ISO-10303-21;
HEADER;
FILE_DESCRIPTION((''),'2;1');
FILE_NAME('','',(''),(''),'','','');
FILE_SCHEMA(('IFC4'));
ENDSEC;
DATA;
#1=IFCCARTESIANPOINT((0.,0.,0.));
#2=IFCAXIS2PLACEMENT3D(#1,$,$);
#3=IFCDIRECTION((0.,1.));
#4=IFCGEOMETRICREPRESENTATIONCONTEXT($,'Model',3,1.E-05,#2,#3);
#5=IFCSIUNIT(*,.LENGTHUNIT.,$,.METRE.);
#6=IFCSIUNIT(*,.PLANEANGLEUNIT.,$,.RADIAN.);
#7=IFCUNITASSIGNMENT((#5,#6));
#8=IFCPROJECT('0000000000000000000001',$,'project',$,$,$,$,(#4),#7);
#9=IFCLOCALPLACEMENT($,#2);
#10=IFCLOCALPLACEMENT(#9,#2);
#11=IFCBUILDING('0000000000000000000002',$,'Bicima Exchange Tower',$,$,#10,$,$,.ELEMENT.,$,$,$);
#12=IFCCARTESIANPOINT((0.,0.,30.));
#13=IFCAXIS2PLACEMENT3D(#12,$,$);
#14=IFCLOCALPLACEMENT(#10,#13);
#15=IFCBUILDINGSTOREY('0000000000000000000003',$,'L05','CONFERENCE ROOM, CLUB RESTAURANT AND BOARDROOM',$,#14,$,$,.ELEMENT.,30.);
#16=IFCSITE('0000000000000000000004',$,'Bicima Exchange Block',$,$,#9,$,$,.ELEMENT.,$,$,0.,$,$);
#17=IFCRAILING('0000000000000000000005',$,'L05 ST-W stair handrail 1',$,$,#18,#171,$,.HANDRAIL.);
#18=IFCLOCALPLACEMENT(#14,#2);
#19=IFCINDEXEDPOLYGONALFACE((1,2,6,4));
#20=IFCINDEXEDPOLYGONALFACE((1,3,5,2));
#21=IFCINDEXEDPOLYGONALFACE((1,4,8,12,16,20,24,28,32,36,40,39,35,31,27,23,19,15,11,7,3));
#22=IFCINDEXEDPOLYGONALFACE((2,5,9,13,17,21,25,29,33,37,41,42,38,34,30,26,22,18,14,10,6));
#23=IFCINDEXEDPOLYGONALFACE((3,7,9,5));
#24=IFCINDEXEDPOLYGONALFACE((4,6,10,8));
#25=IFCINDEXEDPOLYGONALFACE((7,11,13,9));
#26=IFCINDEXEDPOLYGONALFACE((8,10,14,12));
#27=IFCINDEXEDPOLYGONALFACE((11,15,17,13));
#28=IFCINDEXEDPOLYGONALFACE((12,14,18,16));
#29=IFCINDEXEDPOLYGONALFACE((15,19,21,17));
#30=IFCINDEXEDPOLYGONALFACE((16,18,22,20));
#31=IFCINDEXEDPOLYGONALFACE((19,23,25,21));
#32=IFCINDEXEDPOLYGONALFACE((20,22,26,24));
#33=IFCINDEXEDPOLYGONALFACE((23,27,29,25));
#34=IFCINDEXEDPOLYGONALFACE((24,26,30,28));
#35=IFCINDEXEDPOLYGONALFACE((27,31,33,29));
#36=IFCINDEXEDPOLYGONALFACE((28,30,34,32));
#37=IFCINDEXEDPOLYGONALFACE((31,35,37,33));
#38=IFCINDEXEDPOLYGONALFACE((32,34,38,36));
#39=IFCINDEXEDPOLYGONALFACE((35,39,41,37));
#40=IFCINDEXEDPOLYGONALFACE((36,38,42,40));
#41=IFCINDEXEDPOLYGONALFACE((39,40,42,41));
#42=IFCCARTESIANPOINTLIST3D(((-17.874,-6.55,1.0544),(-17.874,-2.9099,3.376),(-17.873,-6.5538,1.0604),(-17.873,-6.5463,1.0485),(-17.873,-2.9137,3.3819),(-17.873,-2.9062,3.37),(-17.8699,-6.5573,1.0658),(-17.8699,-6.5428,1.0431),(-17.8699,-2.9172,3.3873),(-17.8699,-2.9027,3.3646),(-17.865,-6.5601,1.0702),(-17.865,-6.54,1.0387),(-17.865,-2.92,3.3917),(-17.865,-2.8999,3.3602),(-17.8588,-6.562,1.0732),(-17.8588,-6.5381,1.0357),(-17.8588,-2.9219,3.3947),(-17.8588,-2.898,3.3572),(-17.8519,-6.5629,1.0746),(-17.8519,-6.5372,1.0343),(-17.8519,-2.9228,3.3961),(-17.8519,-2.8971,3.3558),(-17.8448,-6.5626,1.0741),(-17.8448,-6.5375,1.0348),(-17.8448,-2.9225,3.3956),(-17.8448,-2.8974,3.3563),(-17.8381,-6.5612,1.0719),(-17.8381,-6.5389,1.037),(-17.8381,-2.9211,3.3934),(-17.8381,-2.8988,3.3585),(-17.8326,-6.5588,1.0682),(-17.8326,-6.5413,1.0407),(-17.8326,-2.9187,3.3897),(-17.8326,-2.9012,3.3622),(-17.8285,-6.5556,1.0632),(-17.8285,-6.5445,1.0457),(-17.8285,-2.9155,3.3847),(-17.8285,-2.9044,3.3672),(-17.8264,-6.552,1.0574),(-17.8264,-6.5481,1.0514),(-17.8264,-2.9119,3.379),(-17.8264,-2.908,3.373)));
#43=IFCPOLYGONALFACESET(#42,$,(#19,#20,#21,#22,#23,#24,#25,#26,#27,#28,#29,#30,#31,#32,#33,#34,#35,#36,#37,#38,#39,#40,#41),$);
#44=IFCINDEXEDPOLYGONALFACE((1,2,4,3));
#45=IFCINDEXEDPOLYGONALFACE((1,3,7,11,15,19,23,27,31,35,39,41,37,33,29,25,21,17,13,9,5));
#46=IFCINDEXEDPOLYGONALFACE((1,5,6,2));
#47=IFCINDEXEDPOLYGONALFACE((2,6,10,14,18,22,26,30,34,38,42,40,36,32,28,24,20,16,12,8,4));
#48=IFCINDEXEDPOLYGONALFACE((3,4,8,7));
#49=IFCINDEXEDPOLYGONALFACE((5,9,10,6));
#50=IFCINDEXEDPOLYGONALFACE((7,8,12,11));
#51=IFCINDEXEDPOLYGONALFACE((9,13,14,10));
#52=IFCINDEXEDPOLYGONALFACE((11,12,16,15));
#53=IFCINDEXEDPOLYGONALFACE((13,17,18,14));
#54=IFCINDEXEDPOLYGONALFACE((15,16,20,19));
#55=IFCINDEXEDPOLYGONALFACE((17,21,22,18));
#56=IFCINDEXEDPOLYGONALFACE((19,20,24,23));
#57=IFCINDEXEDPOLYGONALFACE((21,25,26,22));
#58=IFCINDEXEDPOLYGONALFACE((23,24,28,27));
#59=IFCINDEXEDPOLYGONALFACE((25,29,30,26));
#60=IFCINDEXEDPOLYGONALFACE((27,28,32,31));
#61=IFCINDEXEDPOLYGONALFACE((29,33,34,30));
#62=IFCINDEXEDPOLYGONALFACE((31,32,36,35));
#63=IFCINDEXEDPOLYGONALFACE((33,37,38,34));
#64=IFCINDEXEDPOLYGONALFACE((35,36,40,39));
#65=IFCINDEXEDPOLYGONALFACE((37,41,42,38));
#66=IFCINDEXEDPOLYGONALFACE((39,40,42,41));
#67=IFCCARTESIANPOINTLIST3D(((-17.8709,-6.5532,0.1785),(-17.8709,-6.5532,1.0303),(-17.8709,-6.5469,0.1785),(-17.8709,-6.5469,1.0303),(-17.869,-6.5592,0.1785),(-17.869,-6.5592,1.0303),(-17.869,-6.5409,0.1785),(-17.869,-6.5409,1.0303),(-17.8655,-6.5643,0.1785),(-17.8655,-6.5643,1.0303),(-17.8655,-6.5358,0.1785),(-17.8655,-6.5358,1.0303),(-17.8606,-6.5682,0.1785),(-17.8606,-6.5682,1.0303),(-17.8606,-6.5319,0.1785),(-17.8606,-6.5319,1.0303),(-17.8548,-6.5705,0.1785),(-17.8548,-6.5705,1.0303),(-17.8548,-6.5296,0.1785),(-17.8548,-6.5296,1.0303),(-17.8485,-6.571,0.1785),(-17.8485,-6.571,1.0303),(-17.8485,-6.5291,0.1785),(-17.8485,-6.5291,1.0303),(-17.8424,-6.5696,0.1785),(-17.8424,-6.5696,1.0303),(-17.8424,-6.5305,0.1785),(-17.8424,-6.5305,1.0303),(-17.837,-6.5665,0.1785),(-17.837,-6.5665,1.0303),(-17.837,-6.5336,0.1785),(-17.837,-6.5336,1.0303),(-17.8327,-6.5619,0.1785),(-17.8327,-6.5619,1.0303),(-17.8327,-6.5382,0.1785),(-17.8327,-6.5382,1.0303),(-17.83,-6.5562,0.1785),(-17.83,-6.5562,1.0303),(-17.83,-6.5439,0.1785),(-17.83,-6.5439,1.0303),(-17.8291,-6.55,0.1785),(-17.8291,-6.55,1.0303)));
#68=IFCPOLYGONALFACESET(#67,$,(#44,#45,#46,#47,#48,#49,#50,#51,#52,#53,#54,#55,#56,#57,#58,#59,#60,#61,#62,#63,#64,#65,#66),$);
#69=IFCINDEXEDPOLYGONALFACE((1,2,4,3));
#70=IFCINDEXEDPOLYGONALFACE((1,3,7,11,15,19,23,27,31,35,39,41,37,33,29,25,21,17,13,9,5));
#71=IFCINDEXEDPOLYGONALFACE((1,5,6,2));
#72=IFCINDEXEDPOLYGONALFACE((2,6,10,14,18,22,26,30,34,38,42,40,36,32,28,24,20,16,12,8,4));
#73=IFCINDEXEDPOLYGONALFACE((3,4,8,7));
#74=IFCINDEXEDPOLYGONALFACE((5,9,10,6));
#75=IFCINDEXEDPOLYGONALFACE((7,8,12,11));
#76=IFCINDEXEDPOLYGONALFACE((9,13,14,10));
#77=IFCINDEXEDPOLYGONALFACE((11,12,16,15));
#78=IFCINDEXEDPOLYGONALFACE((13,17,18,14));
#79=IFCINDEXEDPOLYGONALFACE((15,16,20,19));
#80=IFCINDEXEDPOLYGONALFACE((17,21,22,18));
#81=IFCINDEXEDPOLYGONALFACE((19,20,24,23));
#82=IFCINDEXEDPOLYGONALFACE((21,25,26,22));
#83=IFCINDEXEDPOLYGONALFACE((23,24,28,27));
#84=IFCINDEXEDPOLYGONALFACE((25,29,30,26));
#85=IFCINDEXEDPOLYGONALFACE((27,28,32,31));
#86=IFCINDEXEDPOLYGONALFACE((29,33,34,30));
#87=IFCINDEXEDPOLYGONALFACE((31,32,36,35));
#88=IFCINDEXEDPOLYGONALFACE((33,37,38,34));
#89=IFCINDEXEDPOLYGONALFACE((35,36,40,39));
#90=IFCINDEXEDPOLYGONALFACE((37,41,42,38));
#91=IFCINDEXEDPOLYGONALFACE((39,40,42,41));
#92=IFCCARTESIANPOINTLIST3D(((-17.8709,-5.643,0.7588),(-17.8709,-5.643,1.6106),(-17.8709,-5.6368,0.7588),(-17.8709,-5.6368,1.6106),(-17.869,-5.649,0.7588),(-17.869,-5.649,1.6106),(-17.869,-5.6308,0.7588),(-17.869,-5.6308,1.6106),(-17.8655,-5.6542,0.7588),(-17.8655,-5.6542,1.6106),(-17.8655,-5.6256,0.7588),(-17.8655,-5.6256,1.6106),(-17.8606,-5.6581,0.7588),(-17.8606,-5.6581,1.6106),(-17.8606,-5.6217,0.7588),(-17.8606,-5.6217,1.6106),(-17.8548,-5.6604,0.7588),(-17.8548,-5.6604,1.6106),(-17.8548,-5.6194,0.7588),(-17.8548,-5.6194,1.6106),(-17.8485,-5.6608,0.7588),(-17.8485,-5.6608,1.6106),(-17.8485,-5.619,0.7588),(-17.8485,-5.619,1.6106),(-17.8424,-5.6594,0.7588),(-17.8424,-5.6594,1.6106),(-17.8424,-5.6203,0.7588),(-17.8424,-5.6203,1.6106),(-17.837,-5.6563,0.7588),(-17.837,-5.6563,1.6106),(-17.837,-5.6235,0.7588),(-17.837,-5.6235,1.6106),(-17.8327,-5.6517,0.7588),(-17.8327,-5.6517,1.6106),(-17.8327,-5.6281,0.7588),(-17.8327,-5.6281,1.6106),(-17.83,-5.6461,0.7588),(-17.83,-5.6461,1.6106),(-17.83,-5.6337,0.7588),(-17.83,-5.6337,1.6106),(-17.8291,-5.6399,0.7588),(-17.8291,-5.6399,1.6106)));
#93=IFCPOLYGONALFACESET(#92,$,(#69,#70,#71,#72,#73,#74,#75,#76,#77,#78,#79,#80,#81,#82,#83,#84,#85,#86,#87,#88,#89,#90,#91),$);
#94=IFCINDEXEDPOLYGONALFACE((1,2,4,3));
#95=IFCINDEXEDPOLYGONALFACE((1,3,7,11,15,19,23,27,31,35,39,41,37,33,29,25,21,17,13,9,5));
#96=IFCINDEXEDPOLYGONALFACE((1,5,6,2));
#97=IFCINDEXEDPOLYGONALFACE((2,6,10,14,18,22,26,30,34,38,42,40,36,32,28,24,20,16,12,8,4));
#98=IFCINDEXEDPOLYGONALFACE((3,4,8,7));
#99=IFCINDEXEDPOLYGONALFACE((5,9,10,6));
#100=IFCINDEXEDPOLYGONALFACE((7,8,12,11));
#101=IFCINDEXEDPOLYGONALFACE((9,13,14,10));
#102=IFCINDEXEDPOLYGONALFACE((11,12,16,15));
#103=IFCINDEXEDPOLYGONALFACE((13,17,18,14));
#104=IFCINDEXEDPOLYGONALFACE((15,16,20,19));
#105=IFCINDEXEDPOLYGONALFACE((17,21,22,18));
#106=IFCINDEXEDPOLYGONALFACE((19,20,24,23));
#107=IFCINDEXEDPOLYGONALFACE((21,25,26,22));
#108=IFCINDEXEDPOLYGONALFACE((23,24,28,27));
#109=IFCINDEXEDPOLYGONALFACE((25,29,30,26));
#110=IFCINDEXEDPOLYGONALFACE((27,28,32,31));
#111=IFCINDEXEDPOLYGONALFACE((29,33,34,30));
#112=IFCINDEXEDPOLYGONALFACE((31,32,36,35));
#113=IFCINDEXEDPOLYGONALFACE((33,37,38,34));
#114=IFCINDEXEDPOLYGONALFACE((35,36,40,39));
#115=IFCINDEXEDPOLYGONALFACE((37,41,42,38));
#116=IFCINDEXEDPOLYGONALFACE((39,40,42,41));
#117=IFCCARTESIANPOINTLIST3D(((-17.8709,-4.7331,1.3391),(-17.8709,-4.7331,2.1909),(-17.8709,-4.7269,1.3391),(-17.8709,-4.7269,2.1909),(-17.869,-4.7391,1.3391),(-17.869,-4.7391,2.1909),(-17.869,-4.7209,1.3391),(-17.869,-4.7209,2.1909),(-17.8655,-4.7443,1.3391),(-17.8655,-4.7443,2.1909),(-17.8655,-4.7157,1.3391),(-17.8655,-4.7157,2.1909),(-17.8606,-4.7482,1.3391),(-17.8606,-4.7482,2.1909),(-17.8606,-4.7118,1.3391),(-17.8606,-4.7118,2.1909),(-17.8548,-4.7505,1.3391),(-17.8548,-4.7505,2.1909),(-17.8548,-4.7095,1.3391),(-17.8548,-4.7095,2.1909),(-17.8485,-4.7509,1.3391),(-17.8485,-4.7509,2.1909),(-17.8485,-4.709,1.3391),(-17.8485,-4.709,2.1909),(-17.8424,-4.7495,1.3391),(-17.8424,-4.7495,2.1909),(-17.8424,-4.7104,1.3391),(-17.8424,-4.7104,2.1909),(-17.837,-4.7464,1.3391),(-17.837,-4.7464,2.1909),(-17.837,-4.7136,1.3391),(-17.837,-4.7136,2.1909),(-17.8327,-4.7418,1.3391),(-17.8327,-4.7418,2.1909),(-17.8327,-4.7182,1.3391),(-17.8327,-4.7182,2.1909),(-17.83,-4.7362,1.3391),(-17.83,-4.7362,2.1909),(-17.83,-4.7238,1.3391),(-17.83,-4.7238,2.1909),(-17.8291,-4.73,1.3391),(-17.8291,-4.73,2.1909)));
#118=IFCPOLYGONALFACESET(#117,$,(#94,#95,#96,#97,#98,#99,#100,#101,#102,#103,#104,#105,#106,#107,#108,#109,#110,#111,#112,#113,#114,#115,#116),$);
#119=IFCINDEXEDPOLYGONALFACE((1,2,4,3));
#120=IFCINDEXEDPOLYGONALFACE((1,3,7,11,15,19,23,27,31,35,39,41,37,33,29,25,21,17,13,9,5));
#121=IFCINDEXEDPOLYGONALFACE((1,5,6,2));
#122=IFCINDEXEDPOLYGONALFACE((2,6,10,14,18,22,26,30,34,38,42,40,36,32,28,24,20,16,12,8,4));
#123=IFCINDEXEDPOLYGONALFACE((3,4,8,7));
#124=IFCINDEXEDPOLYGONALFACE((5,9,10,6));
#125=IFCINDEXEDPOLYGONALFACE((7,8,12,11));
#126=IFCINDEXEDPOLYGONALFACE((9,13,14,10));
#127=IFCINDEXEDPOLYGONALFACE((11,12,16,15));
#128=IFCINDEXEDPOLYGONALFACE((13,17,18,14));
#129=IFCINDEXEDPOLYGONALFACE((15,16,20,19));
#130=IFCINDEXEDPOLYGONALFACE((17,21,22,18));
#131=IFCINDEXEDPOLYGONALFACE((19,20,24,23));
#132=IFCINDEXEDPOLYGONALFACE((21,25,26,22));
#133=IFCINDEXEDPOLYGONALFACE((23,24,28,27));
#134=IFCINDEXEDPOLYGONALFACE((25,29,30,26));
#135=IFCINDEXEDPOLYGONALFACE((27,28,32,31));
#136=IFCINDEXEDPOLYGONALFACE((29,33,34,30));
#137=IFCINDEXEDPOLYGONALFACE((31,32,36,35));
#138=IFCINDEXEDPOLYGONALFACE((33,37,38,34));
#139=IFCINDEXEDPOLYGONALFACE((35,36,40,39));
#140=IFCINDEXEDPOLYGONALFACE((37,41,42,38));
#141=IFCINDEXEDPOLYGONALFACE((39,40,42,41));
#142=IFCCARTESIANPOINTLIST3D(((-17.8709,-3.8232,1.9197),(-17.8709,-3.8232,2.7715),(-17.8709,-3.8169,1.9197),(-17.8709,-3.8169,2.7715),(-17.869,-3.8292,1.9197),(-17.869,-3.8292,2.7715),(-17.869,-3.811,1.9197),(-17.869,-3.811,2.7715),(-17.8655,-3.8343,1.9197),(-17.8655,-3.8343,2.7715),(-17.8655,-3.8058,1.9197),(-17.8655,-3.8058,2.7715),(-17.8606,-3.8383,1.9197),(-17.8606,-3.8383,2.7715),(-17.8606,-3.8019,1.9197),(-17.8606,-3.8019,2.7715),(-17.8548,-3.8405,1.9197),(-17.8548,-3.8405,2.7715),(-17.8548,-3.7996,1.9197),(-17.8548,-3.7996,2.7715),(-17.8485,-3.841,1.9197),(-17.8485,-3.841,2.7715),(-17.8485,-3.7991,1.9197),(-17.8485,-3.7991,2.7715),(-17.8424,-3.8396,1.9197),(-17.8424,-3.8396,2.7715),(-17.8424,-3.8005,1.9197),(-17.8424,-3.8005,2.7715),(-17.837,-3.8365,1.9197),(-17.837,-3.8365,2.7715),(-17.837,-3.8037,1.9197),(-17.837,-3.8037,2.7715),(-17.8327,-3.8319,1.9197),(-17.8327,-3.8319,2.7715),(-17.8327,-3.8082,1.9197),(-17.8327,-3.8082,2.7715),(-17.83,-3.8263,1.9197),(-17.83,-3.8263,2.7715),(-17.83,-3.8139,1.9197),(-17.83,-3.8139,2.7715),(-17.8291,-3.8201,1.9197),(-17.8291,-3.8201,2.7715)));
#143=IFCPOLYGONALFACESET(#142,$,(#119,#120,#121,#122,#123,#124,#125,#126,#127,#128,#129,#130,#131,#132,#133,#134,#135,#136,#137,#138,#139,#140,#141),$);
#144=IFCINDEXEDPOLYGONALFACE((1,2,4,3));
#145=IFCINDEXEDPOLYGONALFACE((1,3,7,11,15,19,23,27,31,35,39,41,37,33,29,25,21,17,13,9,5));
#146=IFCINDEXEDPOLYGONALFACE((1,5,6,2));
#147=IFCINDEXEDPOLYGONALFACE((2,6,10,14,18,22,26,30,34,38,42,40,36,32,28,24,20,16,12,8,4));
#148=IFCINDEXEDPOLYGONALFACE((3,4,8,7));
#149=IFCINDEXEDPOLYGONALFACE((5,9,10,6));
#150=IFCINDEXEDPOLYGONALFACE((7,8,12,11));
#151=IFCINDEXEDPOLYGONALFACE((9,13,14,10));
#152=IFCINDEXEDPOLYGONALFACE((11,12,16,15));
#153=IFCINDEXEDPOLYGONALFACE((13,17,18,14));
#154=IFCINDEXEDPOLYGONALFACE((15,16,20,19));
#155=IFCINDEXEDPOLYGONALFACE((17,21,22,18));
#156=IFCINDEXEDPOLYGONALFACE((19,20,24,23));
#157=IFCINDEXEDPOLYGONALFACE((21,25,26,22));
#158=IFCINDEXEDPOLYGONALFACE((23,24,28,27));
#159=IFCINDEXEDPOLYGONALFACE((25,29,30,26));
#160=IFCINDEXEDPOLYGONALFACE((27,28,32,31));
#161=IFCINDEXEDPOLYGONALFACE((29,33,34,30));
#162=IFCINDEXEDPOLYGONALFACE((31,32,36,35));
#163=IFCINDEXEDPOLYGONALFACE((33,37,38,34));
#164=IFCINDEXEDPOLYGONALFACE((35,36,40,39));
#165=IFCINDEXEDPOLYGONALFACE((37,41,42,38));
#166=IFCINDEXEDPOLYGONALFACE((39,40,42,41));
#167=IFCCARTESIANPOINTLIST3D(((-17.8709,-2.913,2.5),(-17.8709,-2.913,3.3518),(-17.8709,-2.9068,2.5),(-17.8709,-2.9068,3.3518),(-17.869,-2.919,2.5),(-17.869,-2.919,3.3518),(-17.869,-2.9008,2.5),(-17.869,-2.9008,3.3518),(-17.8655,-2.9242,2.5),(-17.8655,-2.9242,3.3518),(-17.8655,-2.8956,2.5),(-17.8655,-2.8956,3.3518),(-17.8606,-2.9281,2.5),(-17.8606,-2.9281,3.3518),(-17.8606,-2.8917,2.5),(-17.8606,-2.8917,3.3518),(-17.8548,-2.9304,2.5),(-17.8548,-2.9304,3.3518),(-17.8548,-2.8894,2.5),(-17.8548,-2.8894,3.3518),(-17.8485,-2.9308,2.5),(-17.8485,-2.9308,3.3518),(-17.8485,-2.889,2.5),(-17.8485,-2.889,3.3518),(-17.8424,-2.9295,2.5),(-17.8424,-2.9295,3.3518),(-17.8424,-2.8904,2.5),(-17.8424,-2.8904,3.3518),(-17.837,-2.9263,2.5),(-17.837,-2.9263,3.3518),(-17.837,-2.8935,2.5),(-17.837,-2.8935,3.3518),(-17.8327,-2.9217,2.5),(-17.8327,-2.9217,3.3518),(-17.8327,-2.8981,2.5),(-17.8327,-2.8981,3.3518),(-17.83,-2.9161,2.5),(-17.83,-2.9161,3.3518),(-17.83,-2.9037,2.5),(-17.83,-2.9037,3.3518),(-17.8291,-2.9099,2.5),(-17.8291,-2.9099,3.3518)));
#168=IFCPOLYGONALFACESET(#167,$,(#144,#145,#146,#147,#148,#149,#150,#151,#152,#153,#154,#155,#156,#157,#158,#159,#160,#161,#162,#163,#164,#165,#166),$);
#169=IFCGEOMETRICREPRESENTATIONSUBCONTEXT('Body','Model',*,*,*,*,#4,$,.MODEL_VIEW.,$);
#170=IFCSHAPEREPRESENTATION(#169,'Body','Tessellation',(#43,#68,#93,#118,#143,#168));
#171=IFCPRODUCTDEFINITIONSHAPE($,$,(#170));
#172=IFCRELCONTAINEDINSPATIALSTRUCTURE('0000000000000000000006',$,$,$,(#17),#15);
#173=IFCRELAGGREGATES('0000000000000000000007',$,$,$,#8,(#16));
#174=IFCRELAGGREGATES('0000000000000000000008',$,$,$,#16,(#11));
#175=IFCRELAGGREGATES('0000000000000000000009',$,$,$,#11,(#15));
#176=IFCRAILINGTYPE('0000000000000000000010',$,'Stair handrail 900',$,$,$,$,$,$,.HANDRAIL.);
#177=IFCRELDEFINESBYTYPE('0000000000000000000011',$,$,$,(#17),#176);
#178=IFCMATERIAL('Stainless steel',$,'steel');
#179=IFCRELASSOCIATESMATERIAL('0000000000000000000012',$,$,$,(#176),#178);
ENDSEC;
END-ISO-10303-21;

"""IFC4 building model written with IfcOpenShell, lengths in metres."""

from ifc_helpers import new_model, si_unit, direction, frame, origin, origin_2d, place, context, subcontext, project, spatial, circle, extrude, material, type_object, element, save


model = new_model("IFC4")

# Units and contexts
model_context = context("Model", 3, precision=1e-05, world=origin(), true_north=direction((0.0, 1.0)))
body_context = subcontext(model_context, "Body", "Model", "MODEL_VIEW")
ifc_project = project(units=[si_unit("LENGTHUNIT", "METRE"), si_unit("PLANEANGLEUNIT", "RADIAN")], contexts=[model_context])

# Site, building, storey
site_placement = place(None, origin())
site = spatial("IfcSite", under=ifc_project, at=site_placement, Name="Bicima Exchange Block", CompositionType="ELEMENT", RefElevation=0.0)
building_placement = place(site_placement, origin())
building = spatial("IfcBuilding", under=site, at=building_placement, Name="Bicima Exchange Tower", CompositionType="ELEMENT")
storey_placement = place(building_placement, frame((0.0, 0.0, 30.0)))
storey = spatial("IfcBuildingStorey", under=building, at=storey_placement, Name="L05", Description="CONFERENCE ROOM, CLUB RESTAURANT AND BOARDROOM", CompositionType="ELEMENT", Elevation=30.0)

# Shared definitions
ifc_material_1 = material(Name="Stainless steel", Category="steel")

# Railing
railing_type_1 = type_object("IfcRailingType", Name="Stair handrail 900", PredefinedType="HANDRAIL", material=ifc_material_1)
railing_1_placement = place(storey_placement, frame((-17.8501, -6.55, 0.1785)))
element("IfcRailing", 1, at=railing_1_placement, inside=storey, type_object=railing_type_1, Name="L05 ST-W stair handrail 1", PredefinedType="HANDRAIL", context=body_context, shape_type="SweptSolid", body=[
    extrude(circle(Radius=0.0239, at=origin_2d()), frame((0.0, 0.0, 0.876), z_axis=(0.0, 0.843128, 0.537713), x_axis=(-1.0, 0.0, 0.0)), (0.0, 0.0, 1.0), 4.3174),
    extrude(circle(Radius=0.021, at=origin_2d()), origin(), (0.0, 0.0, 1.0), 0.8518),
    extrude(circle(Radius=0.021, at=origin_2d()), frame((0.0, 0.9102, 0.5803)), (0.0, 0.0, 1.0), 0.8518),
    extrude(circle(Radius=0.021, at=origin_2d()), frame((0.0, 1.8201, 1.1606)), (0.0, 0.0, 1.0), 0.8518),
    extrude(circle(Radius=0.021, at=origin_2d()), frame((0.0, 2.73, 1.7412)), (0.0, 0.0, 1.0), 0.8518),
    extrude(circle(Radius=0.021, at=origin_2d()), frame((0.0, 3.6401, 2.3215)), (0.0, 0.0, 1.0), 0.8518),
])

save(model, "model.ifc")
